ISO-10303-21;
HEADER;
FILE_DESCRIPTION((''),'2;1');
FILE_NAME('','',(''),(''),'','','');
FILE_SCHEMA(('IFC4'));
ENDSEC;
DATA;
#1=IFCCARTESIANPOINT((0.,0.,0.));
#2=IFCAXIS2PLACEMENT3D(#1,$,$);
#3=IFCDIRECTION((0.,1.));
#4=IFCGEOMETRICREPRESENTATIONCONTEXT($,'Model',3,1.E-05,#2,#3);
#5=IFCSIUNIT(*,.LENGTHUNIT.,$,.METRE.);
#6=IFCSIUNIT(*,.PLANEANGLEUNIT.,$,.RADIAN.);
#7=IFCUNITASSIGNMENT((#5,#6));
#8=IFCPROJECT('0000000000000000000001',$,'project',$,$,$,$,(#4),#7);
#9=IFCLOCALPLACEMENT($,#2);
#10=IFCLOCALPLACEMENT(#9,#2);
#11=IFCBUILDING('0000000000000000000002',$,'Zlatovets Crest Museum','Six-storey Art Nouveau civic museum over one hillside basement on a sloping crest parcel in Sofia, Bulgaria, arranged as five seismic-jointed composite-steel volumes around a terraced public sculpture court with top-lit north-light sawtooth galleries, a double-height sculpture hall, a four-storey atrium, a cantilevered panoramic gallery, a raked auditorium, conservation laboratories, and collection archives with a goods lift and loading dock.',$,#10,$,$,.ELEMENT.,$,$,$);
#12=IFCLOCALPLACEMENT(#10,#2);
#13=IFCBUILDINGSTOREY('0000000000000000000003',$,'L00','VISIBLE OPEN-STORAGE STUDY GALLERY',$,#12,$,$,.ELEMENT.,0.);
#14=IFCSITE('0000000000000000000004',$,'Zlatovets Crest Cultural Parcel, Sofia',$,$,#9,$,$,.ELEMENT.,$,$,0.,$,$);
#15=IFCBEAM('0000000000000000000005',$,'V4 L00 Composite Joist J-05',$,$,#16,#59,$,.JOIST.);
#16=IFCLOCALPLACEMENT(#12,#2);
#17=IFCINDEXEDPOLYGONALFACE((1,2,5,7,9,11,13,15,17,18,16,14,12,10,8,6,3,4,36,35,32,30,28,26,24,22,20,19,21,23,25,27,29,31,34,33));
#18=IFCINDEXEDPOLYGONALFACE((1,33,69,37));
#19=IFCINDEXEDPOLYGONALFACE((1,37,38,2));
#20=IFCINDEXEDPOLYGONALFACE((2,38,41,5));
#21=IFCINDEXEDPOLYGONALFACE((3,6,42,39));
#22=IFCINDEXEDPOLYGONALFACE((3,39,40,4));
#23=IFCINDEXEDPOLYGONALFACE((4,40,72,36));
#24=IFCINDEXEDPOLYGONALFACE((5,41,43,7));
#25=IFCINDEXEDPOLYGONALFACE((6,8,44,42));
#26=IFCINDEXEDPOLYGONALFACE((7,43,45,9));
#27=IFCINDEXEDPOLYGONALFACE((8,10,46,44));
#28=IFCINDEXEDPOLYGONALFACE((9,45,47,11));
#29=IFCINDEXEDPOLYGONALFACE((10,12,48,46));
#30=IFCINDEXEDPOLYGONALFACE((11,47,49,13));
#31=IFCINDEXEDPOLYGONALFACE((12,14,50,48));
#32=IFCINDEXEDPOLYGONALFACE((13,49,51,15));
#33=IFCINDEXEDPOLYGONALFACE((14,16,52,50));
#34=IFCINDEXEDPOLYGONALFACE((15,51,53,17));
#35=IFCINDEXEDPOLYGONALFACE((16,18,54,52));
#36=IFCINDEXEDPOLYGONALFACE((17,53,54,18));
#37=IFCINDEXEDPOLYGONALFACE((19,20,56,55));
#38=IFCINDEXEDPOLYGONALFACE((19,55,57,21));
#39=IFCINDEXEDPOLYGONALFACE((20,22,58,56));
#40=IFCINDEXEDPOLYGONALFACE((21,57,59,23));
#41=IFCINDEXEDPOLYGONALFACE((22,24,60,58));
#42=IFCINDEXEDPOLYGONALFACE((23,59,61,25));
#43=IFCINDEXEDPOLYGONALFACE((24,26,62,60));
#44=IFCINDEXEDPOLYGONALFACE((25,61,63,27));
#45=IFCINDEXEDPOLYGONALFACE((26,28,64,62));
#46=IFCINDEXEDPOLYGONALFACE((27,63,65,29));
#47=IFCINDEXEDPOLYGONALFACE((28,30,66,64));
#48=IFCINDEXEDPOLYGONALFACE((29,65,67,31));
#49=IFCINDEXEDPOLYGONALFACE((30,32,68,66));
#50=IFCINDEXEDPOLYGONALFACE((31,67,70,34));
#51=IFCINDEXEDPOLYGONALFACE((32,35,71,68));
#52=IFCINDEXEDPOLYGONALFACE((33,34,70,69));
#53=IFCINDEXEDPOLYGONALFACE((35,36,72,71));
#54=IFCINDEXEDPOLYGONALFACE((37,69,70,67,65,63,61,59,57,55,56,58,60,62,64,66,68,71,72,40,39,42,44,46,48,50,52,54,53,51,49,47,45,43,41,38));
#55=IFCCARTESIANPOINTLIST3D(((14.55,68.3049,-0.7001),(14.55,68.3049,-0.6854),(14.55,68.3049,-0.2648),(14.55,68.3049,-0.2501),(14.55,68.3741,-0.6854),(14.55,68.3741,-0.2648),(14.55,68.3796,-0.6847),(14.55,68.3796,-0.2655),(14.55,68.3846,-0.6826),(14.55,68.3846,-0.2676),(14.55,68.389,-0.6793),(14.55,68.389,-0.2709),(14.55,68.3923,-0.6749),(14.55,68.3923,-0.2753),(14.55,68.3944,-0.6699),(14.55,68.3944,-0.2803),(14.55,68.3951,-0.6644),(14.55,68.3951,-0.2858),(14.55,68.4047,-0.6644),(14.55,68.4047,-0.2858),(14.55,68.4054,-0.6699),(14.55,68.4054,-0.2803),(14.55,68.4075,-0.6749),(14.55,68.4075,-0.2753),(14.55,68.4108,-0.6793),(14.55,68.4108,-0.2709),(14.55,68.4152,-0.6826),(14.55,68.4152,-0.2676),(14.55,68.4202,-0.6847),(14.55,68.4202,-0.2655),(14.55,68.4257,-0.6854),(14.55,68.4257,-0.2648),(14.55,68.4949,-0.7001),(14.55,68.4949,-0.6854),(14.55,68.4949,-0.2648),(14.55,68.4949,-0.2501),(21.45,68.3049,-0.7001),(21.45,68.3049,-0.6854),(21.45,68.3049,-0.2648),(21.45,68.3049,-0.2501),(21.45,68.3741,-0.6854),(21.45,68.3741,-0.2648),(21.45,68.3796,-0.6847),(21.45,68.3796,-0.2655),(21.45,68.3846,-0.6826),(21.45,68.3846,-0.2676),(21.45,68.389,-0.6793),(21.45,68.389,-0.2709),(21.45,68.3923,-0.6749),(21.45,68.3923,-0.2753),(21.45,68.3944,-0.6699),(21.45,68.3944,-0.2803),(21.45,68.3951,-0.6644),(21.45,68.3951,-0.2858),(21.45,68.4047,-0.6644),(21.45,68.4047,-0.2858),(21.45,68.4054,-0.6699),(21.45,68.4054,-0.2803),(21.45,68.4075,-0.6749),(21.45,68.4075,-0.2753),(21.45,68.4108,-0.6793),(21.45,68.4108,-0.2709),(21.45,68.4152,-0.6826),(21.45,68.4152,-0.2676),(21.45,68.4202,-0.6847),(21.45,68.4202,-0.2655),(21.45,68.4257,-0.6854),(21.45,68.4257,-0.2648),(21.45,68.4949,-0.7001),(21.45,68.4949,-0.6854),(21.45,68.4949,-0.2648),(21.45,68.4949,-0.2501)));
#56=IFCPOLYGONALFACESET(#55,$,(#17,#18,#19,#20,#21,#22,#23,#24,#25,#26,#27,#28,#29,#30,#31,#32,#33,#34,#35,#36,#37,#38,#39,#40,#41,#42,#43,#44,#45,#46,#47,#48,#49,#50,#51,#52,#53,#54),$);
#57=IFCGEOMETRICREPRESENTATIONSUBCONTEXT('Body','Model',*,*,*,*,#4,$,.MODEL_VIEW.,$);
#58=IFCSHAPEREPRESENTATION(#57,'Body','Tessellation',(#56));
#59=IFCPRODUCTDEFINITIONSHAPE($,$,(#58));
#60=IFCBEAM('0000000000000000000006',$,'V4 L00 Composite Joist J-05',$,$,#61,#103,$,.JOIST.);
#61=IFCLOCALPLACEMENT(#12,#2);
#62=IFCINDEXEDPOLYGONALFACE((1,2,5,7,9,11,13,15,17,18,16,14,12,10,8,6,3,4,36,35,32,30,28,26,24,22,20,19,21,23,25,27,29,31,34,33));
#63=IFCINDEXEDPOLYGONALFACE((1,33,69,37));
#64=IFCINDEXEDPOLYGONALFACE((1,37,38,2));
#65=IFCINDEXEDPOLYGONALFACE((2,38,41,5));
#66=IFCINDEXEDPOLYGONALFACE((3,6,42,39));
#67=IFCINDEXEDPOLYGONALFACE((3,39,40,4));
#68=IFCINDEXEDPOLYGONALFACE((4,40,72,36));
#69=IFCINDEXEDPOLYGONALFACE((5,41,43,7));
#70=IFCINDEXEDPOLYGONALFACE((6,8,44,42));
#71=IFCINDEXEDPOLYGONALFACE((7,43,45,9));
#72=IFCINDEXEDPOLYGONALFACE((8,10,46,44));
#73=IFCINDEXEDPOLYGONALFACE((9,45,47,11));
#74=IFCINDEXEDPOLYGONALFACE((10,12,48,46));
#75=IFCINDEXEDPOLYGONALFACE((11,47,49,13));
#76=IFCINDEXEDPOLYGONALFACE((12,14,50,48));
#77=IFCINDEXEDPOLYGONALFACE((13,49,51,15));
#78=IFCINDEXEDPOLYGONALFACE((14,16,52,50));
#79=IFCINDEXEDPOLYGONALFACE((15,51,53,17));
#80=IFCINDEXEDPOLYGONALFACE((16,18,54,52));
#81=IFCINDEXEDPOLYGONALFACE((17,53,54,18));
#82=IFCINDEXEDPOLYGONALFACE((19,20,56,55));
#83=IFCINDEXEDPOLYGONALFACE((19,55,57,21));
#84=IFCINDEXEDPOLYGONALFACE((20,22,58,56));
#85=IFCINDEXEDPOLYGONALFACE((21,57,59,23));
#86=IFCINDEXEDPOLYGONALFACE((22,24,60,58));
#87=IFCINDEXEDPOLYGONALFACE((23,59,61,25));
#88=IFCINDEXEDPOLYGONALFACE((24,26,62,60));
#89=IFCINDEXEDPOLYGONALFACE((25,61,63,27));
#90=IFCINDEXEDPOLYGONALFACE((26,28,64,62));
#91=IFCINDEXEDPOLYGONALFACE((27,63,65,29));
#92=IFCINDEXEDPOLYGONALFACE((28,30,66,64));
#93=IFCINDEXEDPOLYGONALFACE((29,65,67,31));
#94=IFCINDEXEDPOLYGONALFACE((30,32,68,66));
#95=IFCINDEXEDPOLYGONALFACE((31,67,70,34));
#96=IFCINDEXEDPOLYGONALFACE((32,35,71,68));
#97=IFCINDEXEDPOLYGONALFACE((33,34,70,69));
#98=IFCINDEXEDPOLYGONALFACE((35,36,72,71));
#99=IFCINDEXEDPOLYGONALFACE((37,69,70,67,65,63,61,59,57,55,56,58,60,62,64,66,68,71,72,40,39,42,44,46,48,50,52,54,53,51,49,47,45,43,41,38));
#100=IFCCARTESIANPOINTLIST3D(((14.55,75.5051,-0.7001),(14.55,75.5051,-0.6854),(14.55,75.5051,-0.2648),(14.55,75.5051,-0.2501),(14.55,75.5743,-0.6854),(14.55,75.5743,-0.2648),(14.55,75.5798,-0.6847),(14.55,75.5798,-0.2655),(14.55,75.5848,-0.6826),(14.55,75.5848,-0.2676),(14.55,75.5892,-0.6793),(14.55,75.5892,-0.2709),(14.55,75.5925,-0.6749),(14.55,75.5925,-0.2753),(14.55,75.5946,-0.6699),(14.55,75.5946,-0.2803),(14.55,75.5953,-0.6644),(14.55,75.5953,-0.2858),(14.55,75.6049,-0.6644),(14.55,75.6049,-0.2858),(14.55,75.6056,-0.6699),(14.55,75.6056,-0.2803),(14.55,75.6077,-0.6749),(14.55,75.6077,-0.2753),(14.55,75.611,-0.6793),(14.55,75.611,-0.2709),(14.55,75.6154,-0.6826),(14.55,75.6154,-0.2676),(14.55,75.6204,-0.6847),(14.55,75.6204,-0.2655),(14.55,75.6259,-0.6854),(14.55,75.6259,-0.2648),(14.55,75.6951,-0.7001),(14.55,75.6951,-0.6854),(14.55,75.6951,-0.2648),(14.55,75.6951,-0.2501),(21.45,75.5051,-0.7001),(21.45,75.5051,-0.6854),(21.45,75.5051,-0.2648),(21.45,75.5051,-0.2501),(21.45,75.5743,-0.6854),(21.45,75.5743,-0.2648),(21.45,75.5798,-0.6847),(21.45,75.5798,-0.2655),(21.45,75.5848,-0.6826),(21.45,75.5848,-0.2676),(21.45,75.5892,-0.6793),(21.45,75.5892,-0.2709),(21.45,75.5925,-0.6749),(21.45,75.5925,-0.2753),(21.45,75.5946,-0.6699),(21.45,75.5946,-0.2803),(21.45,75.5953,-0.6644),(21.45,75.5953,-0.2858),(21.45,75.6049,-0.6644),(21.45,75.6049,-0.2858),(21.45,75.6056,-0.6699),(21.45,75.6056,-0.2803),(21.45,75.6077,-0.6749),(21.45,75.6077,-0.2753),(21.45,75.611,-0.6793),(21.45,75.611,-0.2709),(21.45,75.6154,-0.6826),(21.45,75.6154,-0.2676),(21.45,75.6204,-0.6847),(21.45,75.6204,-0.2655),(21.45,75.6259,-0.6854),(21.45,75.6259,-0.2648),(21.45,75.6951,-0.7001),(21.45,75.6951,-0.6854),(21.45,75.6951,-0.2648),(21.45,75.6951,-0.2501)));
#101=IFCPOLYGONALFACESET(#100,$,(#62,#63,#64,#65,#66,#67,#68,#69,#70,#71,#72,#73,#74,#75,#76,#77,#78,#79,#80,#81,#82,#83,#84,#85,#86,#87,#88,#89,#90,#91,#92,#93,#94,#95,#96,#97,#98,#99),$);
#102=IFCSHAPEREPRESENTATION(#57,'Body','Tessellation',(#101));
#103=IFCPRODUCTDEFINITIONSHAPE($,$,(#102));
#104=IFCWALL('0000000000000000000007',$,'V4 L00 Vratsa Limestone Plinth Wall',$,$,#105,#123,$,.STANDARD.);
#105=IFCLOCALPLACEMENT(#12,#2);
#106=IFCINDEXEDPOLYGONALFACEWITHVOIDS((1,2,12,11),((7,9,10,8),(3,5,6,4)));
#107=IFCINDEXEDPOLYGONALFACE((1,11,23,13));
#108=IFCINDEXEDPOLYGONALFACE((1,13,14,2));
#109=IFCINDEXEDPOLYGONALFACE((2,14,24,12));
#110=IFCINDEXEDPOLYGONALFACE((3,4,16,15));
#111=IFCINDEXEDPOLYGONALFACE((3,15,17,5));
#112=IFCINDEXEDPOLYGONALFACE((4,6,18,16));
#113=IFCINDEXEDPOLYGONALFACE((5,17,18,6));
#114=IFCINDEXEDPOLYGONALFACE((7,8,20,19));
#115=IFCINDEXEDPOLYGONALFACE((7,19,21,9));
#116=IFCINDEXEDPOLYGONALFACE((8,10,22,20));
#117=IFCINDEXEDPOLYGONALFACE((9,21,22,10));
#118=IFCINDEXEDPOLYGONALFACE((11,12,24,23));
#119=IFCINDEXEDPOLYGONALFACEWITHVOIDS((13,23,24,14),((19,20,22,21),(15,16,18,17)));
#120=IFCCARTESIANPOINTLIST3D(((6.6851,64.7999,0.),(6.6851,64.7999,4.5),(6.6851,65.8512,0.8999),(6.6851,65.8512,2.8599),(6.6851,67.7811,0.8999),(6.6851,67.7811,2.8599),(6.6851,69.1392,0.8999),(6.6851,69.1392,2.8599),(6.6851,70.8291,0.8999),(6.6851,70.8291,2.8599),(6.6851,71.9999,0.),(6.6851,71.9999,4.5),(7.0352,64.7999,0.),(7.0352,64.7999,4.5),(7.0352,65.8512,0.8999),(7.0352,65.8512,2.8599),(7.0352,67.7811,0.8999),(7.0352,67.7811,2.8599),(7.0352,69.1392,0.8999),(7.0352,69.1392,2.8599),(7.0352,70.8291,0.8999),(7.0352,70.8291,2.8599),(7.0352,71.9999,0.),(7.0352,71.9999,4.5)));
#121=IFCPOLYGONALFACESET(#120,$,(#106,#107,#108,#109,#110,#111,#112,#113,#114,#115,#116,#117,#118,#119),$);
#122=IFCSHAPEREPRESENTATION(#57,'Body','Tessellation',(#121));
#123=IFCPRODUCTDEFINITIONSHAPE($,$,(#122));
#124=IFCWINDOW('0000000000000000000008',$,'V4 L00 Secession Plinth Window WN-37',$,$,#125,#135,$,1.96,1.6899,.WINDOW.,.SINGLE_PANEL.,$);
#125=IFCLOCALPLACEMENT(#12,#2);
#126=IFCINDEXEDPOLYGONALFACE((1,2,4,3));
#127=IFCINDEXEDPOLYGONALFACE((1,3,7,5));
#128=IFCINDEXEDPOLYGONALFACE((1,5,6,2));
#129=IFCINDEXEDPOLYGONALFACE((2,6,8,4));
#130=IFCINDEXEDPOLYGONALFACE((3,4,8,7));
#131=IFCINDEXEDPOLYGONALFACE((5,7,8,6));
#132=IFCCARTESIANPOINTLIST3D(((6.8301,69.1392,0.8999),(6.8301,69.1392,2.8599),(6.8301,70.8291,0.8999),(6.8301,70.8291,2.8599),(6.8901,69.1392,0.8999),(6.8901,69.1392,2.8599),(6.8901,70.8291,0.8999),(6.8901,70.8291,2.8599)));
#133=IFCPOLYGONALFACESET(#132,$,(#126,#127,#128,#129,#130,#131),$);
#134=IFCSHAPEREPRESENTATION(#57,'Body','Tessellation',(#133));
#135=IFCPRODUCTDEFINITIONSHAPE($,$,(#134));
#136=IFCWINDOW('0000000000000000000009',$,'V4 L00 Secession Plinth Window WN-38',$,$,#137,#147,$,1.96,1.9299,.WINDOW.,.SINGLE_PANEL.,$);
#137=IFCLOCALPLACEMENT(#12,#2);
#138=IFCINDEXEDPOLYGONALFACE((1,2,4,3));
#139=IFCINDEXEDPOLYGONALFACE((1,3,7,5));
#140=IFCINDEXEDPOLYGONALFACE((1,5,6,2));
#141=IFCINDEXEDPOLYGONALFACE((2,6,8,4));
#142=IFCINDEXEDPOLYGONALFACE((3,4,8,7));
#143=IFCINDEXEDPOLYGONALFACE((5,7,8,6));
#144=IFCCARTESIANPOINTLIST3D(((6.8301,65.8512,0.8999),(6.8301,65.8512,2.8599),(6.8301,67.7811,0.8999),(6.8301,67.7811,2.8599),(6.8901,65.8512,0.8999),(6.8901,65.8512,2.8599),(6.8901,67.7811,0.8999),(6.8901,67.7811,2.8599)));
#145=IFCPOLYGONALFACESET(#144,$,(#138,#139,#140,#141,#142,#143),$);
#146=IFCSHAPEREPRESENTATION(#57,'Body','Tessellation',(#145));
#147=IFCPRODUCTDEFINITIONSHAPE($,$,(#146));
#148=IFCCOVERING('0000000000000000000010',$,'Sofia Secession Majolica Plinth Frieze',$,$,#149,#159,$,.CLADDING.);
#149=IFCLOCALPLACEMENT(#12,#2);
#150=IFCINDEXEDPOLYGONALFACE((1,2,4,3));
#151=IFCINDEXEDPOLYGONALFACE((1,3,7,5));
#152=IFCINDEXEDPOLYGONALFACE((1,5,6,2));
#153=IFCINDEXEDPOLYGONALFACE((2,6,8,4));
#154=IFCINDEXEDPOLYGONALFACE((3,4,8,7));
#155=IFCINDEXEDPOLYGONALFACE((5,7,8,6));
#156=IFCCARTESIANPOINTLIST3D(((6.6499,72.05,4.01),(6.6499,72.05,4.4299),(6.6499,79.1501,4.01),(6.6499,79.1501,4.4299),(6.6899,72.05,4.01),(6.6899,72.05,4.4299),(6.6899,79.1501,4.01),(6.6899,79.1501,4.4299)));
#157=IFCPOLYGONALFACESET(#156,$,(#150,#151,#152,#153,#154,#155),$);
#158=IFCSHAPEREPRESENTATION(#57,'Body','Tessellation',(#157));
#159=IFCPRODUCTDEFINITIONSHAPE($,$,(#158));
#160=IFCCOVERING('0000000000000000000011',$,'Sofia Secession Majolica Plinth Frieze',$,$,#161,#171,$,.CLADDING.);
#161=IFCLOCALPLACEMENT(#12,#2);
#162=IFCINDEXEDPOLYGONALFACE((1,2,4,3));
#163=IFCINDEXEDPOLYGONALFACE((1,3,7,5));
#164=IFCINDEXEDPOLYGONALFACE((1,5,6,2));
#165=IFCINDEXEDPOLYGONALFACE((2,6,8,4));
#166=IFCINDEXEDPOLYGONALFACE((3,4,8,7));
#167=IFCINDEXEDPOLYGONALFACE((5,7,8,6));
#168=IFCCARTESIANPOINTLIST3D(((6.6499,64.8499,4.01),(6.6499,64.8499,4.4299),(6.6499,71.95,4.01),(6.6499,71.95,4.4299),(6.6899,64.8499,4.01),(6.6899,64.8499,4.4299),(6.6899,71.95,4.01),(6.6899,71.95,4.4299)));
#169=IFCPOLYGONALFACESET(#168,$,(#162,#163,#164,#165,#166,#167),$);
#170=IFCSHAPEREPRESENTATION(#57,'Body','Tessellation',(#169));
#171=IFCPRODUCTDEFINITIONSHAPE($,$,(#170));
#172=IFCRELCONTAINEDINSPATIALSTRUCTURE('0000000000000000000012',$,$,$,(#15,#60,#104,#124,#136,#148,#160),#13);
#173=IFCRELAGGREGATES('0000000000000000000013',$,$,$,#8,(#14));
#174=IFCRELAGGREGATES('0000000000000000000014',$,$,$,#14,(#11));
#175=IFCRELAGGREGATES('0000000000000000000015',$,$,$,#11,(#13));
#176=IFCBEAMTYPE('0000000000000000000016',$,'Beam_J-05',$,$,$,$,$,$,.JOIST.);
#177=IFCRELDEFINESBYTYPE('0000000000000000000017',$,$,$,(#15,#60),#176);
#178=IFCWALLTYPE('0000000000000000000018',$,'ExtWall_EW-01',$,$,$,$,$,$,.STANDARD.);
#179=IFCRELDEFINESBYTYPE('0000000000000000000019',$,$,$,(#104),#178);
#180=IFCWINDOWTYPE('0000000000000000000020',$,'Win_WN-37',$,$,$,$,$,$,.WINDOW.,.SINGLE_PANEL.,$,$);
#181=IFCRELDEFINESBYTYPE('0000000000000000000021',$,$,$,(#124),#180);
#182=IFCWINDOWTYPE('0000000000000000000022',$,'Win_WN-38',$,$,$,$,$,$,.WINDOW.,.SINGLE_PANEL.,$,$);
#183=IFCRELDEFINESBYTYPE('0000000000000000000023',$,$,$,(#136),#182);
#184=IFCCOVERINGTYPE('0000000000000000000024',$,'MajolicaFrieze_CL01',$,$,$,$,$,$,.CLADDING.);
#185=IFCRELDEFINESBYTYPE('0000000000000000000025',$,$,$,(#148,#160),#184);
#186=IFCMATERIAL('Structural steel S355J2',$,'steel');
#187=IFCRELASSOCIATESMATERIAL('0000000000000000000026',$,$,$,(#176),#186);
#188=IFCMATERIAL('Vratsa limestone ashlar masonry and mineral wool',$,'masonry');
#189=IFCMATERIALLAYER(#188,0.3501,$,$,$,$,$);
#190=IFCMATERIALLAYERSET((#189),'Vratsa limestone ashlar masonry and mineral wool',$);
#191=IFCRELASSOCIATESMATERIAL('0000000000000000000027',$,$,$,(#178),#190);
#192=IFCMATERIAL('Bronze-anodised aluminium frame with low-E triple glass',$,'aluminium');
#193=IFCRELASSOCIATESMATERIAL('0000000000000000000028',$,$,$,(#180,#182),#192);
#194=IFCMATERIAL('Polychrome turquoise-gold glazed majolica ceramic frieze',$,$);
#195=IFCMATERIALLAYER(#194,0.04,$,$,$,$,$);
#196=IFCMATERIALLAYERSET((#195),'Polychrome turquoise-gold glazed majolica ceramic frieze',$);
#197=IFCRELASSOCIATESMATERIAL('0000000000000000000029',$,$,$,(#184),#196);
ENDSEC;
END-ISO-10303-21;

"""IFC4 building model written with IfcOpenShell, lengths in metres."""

from ifc_helpers import new_model, si_unit, direction, frame, frame_2d, origin, origin_2d, place, context, subcontext, project, spatial, rectangle, i_section, extrude, material, layer, layer_set, material_profile, profile_set, type_object, element, fill, save


model = new_model("IFC4")

# Units and contexts
model_context = context("Model", 3, precision=1e-05, world=origin(), true_north=direction((0.0, 1.0)))
body_context = subcontext(model_context, "Body", "Model", "MODEL_VIEW")
ifc_project = project(units=[si_unit("LENGTHUNIT", "METRE"), si_unit("PLANEANGLEUNIT", "RADIAN")], contexts=[model_context])

# Site, building, storey
site_placement = place(None, origin())
site = spatial("IfcSite", under=ifc_project, at=site_placement, Name="Zlatovets Crest Cultural Parcel, Sofia", CompositionType="ELEMENT", RefElevation=0.0)
building_placement = place(site_placement, origin())
building = spatial("IfcBuilding", under=site, at=building_placement, Name="Zlatovets Crest Museum", Description="Six-storey Art Nouveau civic museum over one hillside basement on a sloping crest parcel in Sofia, Bulgaria, arranged as five seismic-jointed composite-steel volumes around a terraced public sculpture court with top-lit north-light sawtooth galleries, a double-height sculpture hall, a four-storey atrium, a cantilevered panoramic gallery, a raked auditorium, conservation laboratories, and collection archives with a goods lift and loading dock.", CompositionType="ELEMENT")
storey_placement = place(building_placement, origin())
storey = spatial("IfcBuildingStorey", under=building, at=storey_placement, Name="L00", Description="VISIBLE OPEN-STORAGE STUDY GALLERY", CompositionType="ELEMENT", Elevation=0.0)

# Shared definitions
ifc_material_1 = material(Name="Structural steel S355J2", Category="steel")

# Beams
ifc_material_profile_1 = material_profile(ifc_material_1, i_section(OverallWidth=0.1899, OverallDepth=0.45, WebThickness=0.0095, FlangeThickness=0.0146, FilletRadius=0.021, at=origin_2d()), Name="IPE 450")
ifc_profile_set_1 = profile_set([ifc_material_profile_1], Name="Structural steel S355J2")
beam_type_1 = type_object("IfcBeamType", Name="Beam_J-05", PredefinedType="JOIST", material=ifc_profile_set_1)
for number, where, z_axis, x_axis, name in (
    (1, (14.55, 68.3999, -0.4751), (1.0, 0.0, 0.0), (0.0, 1.0, 0.0), "V4 L00 Composite Joist J-05"),
    (2, (14.55, 75.6001, -0.4751), (1.0, 0.0, 0.0), (0.0, 1.0, 0.0), "V4 L00 Composite Joist J-05"),
):
    element("IfcBeam", number, at=place(storey_placement, frame(where, z_axis=z_axis, x_axis=x_axis)), inside=storey, type_object=beam_type_1, Name=name, PredefinedType="JOIST", context=body_context, shape_type="SweptSolid", body=[
        extrude(i_section(OverallWidth=0.1899, OverallDepth=0.45, WebThickness=0.0095, FlangeThickness=0.0146, FilletRadius=0.021, at=origin_2d()), origin(), (0.0, 0.0, 1.0), 6.8999),
    ])

# Wall, openings, windows
ifc_material_2 = material(Name="Vratsa limestone ashlar masonry and mineral wool", Category="masonry")
ifc_layer_1 = layer(ifc_material_2, 0.3501)
ifc_layer_set_1 = layer_set([ifc_layer_1], Name="Vratsa limestone ashlar masonry and mineral wool")
wall_type = type_object("IfcWallType", Name="ExtWall_EW-01", PredefinedType="STANDARD", material=ifc_layer_set_1)
wall_placement = place(storey_placement, frame((6.8601, 72.0, 0.0), z_axis=(0.0, 0.0, 1.0), x_axis=(0.0, -1.0, 0.0)))
wall = element("IfcWall", 3, at=wall_placement, inside=storey, type_object=wall_type, Name="V4 L00 Vratsa Limestone Plinth Wall", PredefinedType="STANDARD", context=body_context, shape_type="SweptSolid", body=[
    extrude(rectangle(XDim=7.2, YDim=0.3501, at=frame_2d((3.6001, 0.0))), origin(), (0.0, 0.0, 1.0), 4.5),
])
opening_1_placement = place(wall_placement, frame((1.1709, 0.0, 0.8999)))
opening_1 = element("IfcOpeningElement", 4, at=opening_1_placement, cuts=wall, PredefinedType="OPENING", context=body_context, shape_type="SweptSolid", body=[
    extrude(rectangle(XDim=1.6899, YDim=1.96, at=frame_2d((0.845, 0.98))), frame((0.0, 0.1851, 0.0), z_axis=(0.0, -1.0, 0.0), x_axis=(1.0, 0.0, 0.0)), (0.0, 0.0, 1.0), 0.3701),
])
opening_2_placement = place(wall_placement, frame((4.219, 0.0, 0.8999)))
opening_2 = element("IfcOpeningElement", 5, at=opening_2_placement, cuts=wall, PredefinedType="OPENING", context=body_context, shape_type="SweptSolid", body=[
    extrude(rectangle(XDim=1.9299, YDim=1.96, at=frame_2d((0.9648, 0.98))), frame((0.0, 0.1851, 0.0), z_axis=(0.0, -1.0, 0.0), x_axis=(1.0, 0.0, 0.0)), (0.0, 0.0, 1.0), 0.3701),
])
ifc_material_3 = material(Name="Bronze-anodised aluminium frame with low-E triple glass", Category="aluminium")
window_type_1 = type_object("IfcWindowType", Name="Win_WN-37", PartitioningType="SINGLE_PANEL", PredefinedType="WINDOW", material=ifc_material_3)
window_1_placement = place(opening_1_placement, origin())
window_1 = element("IfcWindow", 6, at=window_1_placement, inside=storey, type_object=window_type_1, Name="V4 L00 Secession Plinth Window WN-37", OverallHeight=1.96, OverallWidth=1.6899, PartitioningType="SINGLE_PANEL", PredefinedType="WINDOW", context=body_context, shape_type="SweptSolid", body=[
    extrude(rectangle(XDim=1.6899, YDim=1.96, at=frame_2d((0.845, 0.98))), frame((0.0, 0.03, 0.0), z_axis=(0.0, -1.0, 0.0), x_axis=(1.0, 0.0, 0.0)), (0.0, 0.0, 1.0), 0.0601),
])
fill(opening_1, window_1)
window_type_2 = type_object("IfcWindowType", Name="Win_WN-38", PartitioningType="SINGLE_PANEL", PredefinedType="WINDOW", material=ifc_material_3)
window_2_placement = place(opening_2_placement, origin())
window_2 = element("IfcWindow", 7, at=window_2_placement, inside=storey, type_object=window_type_2, Name="V4 L00 Secession Plinth Window WN-38", OverallHeight=1.96, OverallWidth=1.9299, PartitioningType="SINGLE_PANEL", PredefinedType="WINDOW", context=body_context, shape_type="SweptSolid", body=[
    extrude(rectangle(XDim=1.9299, YDim=1.96, at=frame_2d((0.9648, 0.98))), frame((0.0, 0.03, 0.0), z_axis=(0.0, -1.0, 0.0), x_axis=(1.0, 0.0, 0.0)), (0.0, 0.0, 1.0), 0.0601),
])
fill(opening_2, window_2)

# Coverings
ifc_material_4 = material(Name="Polychrome turquoise-gold glazed majolica ceramic frieze")
ifc_layer_2 = layer(ifc_material_4, 0.04)
ifc_layer_set_2 = layer_set([ifc_layer_2], Name="Polychrome turquoise-gold glazed majolica ceramic frieze")
covering_type = type_object("IfcCoveringType", Name="MajolicaFrieze_CL01", PredefinedType="CLADDING", material=ifc_layer_set_2)
for number, where, z_axis, x_axis, name in (
    (8, (6.6699, 75.6001, 4.01), (0.0, 0.0, 1.0), (0.0, 1.0, 0.0), "Sofia Secession Majolica Plinth Frieze"),
    (9, (6.6699, 68.3999, 4.01), (0.0, 0.0, 1.0), (0.0, 1.0, 0.0), "Sofia Secession Majolica Plinth Frieze"),
):
    element("IfcCovering", number, at=place(storey_placement, frame(where, z_axis=z_axis, x_axis=x_axis)), inside=storey, type_object=covering_type, Name=name, PredefinedType="CLADDING", context=body_context, shape_type="SweptSolid", body=[
        extrude(rectangle(XDim=7.1001, YDim=0.04, at=origin_2d()), origin(), (0.0, 0.0, 1.0), 0.4199),
    ])

save(model, "model.ifc")
